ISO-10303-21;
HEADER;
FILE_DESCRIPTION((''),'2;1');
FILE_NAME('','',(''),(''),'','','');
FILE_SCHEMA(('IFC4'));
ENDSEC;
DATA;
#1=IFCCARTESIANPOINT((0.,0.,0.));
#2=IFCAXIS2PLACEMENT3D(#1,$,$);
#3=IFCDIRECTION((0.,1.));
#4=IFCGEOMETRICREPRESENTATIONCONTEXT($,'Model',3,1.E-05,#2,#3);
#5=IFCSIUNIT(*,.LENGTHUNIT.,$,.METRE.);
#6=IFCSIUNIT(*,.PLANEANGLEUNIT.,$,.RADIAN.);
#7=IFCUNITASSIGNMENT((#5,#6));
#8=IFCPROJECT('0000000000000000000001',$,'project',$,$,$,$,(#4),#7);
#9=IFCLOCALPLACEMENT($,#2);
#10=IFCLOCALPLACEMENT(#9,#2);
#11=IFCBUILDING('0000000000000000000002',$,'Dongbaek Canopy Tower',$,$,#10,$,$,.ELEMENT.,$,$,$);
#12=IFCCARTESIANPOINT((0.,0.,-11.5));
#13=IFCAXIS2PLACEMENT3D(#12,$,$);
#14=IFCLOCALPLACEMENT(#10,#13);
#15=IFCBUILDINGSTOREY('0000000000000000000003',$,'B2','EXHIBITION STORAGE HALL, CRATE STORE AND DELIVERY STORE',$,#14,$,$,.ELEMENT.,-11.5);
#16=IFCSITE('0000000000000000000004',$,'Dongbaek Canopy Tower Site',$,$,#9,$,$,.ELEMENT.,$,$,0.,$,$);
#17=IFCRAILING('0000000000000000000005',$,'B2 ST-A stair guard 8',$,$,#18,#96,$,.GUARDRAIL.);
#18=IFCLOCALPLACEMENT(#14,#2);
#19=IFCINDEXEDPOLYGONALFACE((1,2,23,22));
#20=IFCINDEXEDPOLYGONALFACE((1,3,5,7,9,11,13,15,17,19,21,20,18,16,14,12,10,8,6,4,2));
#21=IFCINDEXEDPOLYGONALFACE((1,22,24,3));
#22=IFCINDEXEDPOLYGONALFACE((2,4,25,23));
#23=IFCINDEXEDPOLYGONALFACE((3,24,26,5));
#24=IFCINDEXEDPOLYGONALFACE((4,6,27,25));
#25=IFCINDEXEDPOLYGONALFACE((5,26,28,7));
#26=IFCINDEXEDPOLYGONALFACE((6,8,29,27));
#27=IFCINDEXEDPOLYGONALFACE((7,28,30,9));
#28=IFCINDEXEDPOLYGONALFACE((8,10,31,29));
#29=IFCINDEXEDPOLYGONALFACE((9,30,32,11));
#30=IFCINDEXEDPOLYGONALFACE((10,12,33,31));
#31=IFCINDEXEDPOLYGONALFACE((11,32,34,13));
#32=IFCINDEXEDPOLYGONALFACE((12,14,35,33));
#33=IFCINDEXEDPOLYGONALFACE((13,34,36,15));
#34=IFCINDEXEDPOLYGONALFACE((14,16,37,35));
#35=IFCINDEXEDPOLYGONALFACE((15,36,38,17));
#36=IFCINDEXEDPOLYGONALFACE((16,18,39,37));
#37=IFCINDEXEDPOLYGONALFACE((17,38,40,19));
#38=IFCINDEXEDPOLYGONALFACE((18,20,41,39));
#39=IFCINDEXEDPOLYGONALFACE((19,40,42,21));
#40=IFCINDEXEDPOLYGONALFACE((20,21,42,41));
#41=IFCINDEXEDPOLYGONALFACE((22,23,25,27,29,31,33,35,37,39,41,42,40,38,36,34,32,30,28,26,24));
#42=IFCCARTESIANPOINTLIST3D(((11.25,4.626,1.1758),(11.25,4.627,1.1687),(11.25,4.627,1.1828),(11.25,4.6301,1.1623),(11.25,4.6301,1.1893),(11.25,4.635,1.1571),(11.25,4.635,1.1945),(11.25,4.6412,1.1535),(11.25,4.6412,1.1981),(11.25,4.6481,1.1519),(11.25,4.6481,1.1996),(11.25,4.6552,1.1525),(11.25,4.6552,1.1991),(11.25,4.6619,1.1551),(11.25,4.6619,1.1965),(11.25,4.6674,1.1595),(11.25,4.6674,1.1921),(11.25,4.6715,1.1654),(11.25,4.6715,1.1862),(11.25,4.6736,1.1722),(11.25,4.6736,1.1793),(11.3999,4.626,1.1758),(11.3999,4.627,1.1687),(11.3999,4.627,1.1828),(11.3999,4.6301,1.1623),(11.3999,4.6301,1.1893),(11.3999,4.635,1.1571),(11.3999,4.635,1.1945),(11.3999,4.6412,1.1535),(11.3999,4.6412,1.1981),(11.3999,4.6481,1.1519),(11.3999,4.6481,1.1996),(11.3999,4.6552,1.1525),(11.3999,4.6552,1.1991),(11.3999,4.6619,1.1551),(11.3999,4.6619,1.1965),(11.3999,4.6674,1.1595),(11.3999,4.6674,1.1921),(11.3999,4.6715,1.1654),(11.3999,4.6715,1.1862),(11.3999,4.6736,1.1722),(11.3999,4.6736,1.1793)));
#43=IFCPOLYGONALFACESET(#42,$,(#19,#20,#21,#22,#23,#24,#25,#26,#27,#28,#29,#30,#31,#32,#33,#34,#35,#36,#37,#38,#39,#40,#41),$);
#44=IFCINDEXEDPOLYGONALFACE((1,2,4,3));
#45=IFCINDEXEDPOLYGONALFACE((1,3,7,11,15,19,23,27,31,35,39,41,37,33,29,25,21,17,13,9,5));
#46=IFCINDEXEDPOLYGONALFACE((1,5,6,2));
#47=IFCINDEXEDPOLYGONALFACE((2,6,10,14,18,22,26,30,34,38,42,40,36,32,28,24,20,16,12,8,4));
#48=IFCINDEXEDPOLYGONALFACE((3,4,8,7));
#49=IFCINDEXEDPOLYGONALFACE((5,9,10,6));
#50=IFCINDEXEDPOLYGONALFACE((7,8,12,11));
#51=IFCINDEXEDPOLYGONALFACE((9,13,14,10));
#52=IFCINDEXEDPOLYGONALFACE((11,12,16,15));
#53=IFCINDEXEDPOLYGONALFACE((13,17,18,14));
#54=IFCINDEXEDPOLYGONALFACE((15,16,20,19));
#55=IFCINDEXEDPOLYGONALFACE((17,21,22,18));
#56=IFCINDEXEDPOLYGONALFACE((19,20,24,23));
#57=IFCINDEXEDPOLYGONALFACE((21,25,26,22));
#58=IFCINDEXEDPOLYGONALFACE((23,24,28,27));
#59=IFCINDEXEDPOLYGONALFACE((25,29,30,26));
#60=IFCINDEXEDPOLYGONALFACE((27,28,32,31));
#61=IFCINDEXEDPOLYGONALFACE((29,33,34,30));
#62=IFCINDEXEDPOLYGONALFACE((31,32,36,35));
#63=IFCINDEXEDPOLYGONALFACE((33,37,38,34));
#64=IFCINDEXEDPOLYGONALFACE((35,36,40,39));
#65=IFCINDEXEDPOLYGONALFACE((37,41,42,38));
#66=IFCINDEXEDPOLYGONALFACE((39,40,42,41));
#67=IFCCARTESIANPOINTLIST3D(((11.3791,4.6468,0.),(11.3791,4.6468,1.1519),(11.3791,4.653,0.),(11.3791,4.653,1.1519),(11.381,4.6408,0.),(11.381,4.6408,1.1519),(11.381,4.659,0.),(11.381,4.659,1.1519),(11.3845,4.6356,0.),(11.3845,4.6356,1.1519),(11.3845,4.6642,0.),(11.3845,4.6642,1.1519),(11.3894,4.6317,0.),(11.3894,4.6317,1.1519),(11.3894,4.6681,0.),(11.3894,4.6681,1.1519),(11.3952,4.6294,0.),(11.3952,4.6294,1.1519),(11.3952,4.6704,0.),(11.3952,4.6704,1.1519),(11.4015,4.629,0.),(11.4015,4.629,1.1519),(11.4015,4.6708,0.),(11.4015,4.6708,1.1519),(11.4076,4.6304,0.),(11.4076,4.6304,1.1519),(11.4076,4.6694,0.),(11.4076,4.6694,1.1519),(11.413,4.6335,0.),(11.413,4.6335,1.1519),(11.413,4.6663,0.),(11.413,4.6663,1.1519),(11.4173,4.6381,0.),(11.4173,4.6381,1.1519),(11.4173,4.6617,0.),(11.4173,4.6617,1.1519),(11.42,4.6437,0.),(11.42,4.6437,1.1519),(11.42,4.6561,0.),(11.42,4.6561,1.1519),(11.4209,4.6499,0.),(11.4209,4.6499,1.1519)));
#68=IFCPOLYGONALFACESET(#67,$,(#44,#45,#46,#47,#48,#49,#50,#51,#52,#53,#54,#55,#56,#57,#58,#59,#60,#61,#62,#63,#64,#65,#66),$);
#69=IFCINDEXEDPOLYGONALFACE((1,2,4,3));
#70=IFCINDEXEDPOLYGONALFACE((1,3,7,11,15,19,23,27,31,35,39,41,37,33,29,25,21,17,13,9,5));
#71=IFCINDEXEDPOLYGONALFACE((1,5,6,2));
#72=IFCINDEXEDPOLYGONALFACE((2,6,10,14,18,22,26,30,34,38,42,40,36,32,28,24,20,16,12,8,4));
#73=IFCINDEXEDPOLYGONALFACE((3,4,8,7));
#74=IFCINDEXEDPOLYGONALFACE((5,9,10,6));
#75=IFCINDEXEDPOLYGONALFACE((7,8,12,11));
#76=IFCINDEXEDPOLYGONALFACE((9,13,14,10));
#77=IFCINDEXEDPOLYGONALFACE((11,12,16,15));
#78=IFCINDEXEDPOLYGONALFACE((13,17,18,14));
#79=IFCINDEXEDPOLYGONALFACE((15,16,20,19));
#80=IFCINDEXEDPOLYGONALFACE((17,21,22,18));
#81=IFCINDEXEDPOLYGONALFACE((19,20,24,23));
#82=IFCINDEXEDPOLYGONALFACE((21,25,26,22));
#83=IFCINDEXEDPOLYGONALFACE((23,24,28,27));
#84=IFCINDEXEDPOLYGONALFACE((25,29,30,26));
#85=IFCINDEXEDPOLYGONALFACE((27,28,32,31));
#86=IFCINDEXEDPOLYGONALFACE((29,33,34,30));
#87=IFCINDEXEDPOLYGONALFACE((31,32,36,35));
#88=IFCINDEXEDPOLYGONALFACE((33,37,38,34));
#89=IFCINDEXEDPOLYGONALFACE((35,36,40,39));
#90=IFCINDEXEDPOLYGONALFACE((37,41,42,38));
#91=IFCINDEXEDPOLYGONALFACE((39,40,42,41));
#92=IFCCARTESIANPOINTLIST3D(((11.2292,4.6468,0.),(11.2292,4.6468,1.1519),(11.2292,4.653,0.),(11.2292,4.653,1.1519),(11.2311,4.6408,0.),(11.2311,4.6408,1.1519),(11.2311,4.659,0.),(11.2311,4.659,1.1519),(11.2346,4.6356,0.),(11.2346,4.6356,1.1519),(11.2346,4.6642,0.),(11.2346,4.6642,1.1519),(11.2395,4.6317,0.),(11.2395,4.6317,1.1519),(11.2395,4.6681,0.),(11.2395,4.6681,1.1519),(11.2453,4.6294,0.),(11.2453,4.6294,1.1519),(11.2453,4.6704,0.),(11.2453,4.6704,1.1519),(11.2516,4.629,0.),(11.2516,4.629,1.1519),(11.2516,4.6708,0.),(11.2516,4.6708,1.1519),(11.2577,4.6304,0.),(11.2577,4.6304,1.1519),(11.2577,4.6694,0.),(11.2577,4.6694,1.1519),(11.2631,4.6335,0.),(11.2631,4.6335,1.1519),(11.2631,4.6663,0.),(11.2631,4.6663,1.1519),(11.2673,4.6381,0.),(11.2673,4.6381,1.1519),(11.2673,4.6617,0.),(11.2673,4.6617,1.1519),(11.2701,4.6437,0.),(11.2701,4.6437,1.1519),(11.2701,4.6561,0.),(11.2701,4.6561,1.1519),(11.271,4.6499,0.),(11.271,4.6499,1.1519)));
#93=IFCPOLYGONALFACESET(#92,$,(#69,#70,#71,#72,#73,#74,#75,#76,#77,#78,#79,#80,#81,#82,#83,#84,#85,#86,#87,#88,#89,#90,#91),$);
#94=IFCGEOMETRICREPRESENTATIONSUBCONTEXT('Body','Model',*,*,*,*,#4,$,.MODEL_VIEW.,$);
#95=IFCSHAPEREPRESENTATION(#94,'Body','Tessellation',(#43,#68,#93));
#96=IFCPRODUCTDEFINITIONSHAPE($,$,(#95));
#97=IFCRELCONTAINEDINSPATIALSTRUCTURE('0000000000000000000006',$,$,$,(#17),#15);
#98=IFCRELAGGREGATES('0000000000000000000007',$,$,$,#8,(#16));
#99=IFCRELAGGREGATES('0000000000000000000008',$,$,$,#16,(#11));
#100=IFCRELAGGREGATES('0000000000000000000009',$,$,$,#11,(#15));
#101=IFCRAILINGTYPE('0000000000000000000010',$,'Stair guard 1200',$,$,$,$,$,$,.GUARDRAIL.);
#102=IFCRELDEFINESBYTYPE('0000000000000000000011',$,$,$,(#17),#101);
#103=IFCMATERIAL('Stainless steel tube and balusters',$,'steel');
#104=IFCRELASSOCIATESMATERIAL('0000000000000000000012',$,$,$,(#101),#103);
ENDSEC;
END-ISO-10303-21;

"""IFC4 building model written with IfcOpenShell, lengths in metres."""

from ifc_helpers import new_model, si_unit, direction, frame, origin, origin_2d, place, context, subcontext, project, spatial, circle, extrude, material, type_object, element, save


model = new_model("IFC4")

# Units and contexts
model_context = context("Model", 3, precision=1e-05, world=origin(), true_north=direction((0.0, 1.0)))
body_context = subcontext(model_context, "Body", "Model", "MODEL_VIEW")
ifc_project = project(units=[si_unit("LENGTHUNIT", "METRE"), si_unit("PLANEANGLEUNIT", "RADIAN")], contexts=[model_context])

# Site, building, storey
site_placement = place(None, origin())
site = spatial("IfcSite", under=ifc_project, at=site_placement, Name="Dongbaek Canopy Tower Site", CompositionType="ELEMENT", RefElevation=0.0)
building_placement = place(site_placement, origin())
building = spatial("IfcBuilding", under=site, at=building_placement, Name="Dongbaek Canopy Tower", CompositionType="ELEMENT")
storey_placement = place(building_placement, frame((0.0, 0.0, -11.5)))
storey = spatial("IfcBuildingStorey", under=building, at=storey_placement, Name="B2", Description="EXHIBITION STORAGE HALL, CRATE STORE AND DELIVERY STORE", CompositionType="ELEMENT", Elevation=-11.5)

# Railing
ifc_material_1 = material(Name="Stainless steel tube and balusters", Category="steel")
railing_type_1 = type_object("IfcRailingType", Name="Stair guard 1200", PredefinedType="GUARDRAIL", material=ifc_material_1)
railing_1_placement = place(storey_placement, frame((11.3999, 4.6499, 0.0)))
element("IfcRailing", 1, at=railing_1_placement, inside=storey, type_object=railing_type_1, Name="B2 ST-A stair guard 8", PredefinedType="GUARDRAIL", context=body_context, shape_type="SweptSolid", body=[
    extrude(circle(Radius=0.0239, at=origin_2d()), frame((0.0, 0.0, 1.1758), z_axis=(-1.0, 0.0, 0.0), x_axis=(0.0, -1.0, 0.0)), (0.0, 0.0, 1.0), 0.1499),
    extrude(circle(Radius=0.021, at=origin_2d()), origin(), (0.0, 0.0, 1.0), 1.1519),
    extrude(circle(Radius=0.021, at=origin_2d()), frame((-0.1499, 0.0, 0.0)), (0.0, 0.0, 1.0), 1.1519),
])

save(model, "model.ifc")
